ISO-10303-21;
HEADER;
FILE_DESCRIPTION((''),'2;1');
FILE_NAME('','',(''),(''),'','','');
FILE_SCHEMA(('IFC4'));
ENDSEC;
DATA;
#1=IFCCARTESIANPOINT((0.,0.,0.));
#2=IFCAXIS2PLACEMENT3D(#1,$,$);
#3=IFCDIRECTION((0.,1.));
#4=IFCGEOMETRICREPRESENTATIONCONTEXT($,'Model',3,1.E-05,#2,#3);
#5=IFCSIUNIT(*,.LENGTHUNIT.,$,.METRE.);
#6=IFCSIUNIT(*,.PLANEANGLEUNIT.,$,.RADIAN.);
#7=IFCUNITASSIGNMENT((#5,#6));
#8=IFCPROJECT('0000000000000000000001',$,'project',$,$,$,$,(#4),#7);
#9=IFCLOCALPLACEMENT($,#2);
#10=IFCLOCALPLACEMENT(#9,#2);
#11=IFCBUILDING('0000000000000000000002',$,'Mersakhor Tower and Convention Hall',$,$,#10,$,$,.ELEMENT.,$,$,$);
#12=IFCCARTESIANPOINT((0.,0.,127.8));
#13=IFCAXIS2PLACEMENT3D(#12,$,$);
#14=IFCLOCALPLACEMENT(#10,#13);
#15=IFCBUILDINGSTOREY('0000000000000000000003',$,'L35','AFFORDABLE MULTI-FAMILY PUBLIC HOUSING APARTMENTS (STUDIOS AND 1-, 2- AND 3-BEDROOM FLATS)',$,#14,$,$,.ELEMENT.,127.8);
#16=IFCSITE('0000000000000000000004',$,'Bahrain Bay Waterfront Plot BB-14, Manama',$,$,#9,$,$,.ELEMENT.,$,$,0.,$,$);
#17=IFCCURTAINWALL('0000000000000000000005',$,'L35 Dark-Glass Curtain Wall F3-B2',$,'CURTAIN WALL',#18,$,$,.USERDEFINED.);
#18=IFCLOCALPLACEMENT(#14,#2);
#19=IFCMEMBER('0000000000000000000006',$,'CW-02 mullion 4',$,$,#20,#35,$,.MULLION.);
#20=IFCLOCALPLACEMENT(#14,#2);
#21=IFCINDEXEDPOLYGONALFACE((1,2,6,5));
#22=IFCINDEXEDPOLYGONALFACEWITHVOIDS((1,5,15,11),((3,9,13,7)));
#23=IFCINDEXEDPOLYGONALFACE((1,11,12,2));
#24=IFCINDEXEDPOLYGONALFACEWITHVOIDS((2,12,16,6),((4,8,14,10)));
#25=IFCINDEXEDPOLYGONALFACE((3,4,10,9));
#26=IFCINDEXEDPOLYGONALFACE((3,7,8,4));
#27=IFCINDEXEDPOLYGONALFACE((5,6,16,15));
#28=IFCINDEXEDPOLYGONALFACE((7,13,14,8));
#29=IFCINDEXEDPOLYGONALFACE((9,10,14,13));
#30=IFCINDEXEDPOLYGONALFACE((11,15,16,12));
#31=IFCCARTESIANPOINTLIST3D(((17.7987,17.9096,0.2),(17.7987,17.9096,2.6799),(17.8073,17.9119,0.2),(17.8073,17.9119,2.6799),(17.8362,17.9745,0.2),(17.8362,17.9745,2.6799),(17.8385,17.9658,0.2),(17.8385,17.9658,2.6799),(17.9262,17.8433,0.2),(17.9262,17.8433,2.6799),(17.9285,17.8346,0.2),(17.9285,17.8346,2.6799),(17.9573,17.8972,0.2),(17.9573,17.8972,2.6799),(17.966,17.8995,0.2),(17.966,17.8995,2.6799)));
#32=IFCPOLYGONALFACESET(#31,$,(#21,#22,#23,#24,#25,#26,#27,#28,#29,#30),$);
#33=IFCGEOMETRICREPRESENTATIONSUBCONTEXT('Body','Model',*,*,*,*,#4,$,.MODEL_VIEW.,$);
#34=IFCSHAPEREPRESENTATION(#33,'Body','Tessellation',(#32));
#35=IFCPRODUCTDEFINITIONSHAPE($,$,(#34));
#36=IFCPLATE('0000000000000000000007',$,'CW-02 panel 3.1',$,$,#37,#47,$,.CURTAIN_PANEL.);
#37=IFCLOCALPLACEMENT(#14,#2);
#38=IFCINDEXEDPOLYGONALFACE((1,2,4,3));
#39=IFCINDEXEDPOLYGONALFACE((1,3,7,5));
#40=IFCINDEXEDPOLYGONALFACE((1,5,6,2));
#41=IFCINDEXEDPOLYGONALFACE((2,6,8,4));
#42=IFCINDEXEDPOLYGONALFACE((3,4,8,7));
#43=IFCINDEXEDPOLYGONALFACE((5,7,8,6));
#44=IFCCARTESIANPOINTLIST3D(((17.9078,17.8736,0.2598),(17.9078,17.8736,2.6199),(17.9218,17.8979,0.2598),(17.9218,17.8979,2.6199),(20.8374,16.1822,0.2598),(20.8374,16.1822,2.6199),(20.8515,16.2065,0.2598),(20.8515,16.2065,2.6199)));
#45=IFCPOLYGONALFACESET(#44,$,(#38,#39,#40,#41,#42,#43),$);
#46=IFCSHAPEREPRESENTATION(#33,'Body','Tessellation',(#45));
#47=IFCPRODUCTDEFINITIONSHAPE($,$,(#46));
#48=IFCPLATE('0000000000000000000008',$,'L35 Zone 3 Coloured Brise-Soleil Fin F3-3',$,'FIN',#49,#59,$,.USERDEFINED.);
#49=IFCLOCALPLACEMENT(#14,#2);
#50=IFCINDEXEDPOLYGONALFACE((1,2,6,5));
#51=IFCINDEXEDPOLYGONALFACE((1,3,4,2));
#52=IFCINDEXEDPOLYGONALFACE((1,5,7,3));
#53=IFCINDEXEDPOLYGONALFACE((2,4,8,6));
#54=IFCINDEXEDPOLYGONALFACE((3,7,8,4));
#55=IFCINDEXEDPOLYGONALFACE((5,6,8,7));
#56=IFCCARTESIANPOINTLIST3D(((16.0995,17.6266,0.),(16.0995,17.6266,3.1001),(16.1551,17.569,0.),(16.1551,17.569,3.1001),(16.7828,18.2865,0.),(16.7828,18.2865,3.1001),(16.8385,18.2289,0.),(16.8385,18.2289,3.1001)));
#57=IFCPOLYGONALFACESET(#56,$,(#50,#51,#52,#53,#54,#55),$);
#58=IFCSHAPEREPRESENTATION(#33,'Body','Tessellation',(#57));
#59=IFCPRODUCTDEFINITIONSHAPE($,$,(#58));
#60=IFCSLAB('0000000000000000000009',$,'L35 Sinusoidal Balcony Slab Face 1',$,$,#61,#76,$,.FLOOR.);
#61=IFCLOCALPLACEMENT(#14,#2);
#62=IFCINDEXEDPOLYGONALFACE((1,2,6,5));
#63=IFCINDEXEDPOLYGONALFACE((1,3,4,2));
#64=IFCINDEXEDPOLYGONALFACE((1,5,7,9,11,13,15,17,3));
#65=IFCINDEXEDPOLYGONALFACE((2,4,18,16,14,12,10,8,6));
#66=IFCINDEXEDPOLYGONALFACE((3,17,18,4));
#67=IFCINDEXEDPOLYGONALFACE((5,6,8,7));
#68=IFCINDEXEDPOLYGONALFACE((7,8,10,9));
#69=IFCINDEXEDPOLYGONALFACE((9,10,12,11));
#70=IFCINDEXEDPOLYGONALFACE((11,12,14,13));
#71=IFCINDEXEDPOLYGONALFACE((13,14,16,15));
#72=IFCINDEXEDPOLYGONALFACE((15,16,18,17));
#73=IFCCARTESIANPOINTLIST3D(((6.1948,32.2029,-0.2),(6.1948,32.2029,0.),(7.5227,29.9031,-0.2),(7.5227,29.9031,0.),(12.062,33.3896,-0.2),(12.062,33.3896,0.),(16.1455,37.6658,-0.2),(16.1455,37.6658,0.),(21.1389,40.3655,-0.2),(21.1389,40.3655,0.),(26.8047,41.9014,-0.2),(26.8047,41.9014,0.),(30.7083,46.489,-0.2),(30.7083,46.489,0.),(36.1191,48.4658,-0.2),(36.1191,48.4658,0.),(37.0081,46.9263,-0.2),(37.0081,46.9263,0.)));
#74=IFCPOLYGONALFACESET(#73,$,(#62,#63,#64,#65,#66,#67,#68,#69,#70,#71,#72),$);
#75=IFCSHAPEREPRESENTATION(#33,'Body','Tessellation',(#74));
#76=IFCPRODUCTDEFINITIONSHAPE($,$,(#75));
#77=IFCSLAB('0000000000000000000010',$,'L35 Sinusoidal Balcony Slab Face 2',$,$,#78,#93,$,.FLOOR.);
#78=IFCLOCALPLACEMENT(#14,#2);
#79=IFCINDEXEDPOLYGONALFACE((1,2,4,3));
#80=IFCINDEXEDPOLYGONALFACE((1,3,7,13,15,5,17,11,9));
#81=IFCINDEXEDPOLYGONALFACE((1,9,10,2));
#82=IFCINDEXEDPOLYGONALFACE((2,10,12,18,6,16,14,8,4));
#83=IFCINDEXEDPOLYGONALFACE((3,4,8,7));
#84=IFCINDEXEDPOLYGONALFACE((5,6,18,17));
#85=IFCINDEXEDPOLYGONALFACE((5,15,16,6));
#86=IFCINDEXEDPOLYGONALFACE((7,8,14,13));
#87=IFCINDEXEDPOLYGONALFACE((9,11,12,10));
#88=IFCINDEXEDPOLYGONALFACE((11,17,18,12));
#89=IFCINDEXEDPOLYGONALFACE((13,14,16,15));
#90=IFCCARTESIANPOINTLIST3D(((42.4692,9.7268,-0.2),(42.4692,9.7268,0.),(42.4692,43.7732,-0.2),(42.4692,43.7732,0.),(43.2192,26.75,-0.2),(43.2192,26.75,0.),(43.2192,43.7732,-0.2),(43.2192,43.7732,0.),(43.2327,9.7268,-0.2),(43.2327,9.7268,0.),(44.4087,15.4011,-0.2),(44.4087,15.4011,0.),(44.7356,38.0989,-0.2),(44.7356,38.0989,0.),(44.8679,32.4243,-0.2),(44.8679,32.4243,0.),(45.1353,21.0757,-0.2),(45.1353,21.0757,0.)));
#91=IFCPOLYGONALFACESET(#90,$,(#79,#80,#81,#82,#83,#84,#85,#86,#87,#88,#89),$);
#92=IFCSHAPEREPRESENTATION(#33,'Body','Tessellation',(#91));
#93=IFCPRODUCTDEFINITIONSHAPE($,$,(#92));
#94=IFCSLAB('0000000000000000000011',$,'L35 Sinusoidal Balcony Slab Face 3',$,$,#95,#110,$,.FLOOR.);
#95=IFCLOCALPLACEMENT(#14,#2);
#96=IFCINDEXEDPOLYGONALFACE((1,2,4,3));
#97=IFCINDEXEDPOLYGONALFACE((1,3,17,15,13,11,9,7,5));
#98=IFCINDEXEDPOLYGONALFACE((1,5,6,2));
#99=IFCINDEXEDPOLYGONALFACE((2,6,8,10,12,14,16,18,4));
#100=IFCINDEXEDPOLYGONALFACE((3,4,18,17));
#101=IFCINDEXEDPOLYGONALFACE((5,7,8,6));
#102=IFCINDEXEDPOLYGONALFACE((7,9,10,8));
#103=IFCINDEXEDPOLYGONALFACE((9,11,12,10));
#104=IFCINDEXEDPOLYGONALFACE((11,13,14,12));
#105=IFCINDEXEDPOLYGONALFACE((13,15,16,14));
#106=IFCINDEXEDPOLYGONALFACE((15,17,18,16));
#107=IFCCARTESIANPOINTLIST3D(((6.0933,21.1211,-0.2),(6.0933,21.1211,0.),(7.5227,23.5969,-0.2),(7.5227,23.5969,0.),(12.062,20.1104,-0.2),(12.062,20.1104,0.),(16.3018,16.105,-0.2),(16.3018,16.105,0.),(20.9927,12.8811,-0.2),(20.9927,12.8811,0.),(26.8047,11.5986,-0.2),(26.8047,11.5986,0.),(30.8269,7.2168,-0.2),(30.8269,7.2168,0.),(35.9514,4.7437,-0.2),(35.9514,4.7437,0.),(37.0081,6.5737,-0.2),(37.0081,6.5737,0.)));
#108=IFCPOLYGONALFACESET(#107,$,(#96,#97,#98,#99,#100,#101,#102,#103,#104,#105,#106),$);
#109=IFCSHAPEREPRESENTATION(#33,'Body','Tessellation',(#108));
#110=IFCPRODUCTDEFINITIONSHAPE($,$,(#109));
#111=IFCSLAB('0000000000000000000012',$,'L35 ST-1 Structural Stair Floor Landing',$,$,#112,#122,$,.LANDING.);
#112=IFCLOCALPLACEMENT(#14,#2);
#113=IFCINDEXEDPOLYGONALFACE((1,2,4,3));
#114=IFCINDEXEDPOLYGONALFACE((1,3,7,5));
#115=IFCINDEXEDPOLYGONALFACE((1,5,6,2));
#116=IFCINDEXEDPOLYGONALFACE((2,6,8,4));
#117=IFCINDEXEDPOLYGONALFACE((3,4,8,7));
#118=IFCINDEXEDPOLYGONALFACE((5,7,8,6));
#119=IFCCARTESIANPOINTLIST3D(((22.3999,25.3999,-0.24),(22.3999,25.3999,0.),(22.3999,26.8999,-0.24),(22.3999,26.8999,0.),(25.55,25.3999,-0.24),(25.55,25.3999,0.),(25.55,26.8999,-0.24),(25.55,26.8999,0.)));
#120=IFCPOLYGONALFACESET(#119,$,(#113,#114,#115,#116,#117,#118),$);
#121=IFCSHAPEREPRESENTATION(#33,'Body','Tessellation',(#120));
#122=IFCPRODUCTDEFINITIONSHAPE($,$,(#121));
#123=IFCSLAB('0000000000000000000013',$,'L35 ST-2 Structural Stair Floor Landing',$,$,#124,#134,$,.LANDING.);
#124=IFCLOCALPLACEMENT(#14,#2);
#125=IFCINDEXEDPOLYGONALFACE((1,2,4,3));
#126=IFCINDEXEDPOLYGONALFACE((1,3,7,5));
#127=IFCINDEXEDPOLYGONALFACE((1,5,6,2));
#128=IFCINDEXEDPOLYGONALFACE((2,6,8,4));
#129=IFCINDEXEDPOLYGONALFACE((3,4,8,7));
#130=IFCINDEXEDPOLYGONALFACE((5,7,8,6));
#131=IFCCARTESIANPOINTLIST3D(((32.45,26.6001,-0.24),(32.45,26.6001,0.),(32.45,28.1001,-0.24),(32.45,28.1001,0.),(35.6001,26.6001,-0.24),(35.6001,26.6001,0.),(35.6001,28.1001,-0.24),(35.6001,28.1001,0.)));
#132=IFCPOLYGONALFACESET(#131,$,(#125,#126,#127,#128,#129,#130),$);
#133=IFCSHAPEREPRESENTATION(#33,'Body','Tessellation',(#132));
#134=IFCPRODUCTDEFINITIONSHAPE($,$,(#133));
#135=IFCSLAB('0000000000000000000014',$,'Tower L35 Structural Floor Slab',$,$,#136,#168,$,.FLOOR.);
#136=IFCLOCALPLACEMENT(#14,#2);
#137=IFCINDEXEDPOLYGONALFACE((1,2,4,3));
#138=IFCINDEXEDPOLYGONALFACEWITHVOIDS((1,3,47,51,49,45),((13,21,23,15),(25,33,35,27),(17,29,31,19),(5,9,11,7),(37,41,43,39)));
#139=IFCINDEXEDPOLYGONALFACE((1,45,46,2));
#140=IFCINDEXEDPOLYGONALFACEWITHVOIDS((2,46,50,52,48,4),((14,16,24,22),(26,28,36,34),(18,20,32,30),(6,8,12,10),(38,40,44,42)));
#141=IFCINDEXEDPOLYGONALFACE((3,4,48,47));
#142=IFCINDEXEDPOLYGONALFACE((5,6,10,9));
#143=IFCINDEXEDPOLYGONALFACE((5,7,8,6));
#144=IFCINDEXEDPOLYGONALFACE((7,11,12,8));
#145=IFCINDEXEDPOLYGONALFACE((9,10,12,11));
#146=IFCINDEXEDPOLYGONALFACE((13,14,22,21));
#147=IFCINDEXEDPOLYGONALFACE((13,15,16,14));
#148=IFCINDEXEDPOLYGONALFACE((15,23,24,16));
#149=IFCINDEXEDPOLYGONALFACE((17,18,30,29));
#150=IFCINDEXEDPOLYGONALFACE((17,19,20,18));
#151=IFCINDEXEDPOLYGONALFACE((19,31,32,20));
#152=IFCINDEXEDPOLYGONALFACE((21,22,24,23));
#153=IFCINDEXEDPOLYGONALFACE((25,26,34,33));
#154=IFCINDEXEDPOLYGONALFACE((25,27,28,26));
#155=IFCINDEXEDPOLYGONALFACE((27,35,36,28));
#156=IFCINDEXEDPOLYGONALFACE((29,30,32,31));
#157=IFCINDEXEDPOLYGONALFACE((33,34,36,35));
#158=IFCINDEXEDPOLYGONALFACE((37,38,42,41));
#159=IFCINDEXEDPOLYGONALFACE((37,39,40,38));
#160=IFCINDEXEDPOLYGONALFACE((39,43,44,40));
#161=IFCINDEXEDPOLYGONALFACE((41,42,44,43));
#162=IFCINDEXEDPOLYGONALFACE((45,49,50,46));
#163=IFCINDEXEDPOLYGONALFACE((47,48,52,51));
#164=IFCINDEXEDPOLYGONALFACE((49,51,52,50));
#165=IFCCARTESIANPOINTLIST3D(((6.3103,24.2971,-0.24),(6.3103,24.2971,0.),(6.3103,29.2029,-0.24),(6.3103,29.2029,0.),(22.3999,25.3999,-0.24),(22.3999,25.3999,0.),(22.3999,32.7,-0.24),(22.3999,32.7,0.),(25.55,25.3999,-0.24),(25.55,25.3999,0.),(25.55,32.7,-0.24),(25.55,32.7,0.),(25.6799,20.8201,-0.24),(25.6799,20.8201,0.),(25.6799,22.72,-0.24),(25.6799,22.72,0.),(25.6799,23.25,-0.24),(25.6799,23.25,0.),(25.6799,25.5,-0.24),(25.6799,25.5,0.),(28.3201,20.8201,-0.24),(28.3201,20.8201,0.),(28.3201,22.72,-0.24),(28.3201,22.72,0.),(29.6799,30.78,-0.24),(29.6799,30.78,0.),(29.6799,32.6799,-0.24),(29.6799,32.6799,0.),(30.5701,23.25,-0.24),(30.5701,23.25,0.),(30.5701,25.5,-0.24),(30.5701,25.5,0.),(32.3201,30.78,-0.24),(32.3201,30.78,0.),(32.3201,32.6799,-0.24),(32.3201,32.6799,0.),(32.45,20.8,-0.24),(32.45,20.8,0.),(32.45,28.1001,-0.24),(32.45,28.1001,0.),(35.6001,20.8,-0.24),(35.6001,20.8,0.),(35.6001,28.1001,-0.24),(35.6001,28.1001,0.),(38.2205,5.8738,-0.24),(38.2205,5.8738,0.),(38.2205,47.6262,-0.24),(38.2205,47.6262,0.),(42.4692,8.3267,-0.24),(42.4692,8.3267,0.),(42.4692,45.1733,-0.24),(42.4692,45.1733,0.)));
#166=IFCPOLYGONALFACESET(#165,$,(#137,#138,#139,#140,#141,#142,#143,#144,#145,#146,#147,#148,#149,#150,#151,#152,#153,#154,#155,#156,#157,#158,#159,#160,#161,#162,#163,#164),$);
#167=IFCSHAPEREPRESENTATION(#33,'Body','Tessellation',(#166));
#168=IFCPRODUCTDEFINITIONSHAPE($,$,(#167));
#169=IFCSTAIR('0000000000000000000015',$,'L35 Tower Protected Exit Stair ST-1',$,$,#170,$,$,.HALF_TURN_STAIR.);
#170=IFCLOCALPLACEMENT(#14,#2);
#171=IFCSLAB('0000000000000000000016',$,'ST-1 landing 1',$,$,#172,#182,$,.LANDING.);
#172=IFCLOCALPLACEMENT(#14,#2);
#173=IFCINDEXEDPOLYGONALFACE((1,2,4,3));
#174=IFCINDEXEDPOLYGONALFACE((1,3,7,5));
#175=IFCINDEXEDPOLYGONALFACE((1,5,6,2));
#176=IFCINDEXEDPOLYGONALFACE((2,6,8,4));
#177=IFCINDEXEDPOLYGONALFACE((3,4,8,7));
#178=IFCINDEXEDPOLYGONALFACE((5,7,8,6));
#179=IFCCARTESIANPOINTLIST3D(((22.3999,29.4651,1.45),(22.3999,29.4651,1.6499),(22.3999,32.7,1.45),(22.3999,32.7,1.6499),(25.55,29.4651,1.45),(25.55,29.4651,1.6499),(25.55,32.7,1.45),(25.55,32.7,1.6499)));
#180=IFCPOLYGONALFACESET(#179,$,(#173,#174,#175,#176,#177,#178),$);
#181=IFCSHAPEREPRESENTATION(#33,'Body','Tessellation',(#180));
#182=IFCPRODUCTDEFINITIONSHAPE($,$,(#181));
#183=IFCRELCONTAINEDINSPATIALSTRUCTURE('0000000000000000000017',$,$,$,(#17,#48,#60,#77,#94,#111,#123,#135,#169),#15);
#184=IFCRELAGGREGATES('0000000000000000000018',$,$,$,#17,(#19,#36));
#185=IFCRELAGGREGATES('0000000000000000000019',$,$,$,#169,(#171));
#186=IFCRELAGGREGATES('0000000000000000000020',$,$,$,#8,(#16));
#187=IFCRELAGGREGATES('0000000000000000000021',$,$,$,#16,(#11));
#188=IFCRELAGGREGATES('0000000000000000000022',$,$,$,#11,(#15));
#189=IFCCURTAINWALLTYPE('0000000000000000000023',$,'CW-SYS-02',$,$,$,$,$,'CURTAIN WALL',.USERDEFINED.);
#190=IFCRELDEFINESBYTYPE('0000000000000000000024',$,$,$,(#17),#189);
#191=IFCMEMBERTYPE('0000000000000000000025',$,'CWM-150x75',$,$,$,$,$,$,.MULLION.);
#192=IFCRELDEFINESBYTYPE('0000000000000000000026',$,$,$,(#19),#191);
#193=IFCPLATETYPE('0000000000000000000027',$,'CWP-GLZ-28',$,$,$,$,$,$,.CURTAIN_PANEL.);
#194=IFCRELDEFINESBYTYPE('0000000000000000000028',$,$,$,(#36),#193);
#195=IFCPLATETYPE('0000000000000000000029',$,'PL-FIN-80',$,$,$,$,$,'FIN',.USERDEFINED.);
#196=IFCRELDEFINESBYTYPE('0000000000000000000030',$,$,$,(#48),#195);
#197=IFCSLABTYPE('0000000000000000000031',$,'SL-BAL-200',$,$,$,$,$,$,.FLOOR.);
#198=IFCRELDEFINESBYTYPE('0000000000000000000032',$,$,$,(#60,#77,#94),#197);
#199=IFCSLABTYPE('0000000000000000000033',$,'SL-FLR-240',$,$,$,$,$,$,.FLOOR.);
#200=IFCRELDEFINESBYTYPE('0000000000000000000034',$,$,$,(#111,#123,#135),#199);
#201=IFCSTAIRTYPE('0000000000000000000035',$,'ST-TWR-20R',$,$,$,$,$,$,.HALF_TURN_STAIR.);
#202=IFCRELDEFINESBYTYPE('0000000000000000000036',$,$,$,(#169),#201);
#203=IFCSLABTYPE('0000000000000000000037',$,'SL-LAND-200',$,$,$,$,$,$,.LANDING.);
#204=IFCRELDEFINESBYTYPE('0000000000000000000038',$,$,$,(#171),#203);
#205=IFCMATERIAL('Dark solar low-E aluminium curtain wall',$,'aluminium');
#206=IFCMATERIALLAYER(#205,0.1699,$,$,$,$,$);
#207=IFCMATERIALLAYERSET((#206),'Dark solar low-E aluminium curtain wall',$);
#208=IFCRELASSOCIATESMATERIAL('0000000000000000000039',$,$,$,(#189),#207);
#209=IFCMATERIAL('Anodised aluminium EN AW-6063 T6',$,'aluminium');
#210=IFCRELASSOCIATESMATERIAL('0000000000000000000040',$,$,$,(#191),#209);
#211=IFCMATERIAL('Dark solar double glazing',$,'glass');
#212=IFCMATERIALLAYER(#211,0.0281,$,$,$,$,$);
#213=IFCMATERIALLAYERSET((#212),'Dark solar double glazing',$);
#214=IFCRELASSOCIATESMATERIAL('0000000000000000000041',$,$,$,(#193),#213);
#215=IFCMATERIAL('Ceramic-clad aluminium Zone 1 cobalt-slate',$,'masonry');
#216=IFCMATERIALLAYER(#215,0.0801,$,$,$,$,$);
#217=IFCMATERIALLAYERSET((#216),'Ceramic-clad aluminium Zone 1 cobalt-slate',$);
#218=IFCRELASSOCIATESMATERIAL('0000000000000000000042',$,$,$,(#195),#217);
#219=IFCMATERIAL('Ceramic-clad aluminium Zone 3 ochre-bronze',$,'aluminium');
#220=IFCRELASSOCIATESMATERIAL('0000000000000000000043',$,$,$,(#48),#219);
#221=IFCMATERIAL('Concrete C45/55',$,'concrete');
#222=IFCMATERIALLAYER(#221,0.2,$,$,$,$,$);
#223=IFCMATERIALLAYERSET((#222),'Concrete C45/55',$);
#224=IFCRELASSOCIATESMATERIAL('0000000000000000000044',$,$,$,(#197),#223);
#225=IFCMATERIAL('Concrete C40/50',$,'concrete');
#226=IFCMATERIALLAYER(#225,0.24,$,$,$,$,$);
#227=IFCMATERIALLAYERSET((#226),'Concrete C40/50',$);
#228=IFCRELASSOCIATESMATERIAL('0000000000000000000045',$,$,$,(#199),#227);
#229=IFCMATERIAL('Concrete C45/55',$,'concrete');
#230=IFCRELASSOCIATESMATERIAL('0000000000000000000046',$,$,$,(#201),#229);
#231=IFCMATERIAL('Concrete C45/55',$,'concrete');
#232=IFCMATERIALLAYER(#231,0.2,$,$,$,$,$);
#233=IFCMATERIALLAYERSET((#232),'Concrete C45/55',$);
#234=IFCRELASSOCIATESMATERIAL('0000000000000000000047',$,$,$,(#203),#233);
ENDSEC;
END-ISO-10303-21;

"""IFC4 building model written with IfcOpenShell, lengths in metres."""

from ifc_helpers import new_model, si_unit, direction, frame, origin, origin_2d, place, context, subcontext, project, spatial, polyline, rectangle, hollow_rectangle, outline, extrude, material, layer, layer_set, material_profile, profile_set, type_object, element, aggregate, save


model = new_model("IFC4")

# Units and contexts
model_context = context("Model", 3, precision=1e-05, world=origin(), true_north=direction((0.0, 1.0)))
body_context = subcontext(model_context, "Body", "Model", "MODEL_VIEW")
ifc_project = project(units=[si_unit("LENGTHUNIT", "METRE"), si_unit("PLANEANGLEUNIT", "RADIAN")], contexts=[model_context])

# Site, building, storey
site_placement = place(None, origin())
site = spatial("IfcSite", under=ifc_project, at=site_placement, Name="Bahrain Bay Waterfront Plot BB-14, Manama", CompositionType="ELEMENT", RefElevation=0.0)
building_placement = place(site_placement, origin())
building = spatial("IfcBuilding", under=site, at=building_placement, Name="Mersakhor Tower and Convention Hall", CompositionType="ELEMENT")
storey_placement = place(building_placement, frame((0.0, 0.0, 127.8)))
storey = spatial("IfcBuildingStorey", under=building, at=storey_placement, Name="L35", Description="AFFORDABLE MULTI-FAMILY PUBLIC HOUSING APARTMENTS (STUDIOS AND 1-, 2- AND 3-BEDROOM FLATS)", CompositionType="ELEMENT", Elevation=127.8)

# Curtain wall, member, plate
ifc_material_1 = material(Name="Dark solar low-E aluminium curtain wall", Category="aluminium")
ifc_layer_1 = layer(ifc_material_1, 0.1699)
ifc_layer_set_1 = layer_set([ifc_layer_1], Name="Dark solar low-E aluminium curtain wall")
curtain_wall_type = type_object("IfcCurtainWallType", Name="CW-SYS-02", ElementType="CURTAIN WALL", PredefinedType="USERDEFINED", material=ifc_layer_set_1)
curtain_wall_placement = place(storey_placement, origin())
curtain_wall = element("IfcCurtainWall", 1, at=curtain_wall_placement, inside=storey, type_object=curtain_wall_type, Name="L35 Dark-Glass Curtain Wall F3-B2", ObjectType="CURTAIN WALL", PredefinedType="USERDEFINED")
ifc_material_2 = material(Name="Anodised aluminium EN AW-6063 T6", Category="aluminium")
ifc_material_profile = material_profile(ifc_material_2, hollow_rectangle(XDim=0.075, YDim=0.1499, WallThickness=0.0063, at=origin_2d()), Name="RHS 150x75x6.3")
ifc_profile_set = profile_set([ifc_material_profile], Name="Anodised aluminium EN AW-6063 T6")
member_type = type_object("IfcMemberType", Name="CWM-150x75", PredefinedType="MULLION", material=ifc_profile_set)
member_placement = place(storey_placement, frame((17.8823, 17.9045, 0.2), z_axis=(0.0, 0.0, 1.0), x_axis=(-0.49999, -0.866031, 0.0)))
member = element("IfcMember", 2, at=member_placement, type_object=member_type, Name="CW-02 mullion 4", PredefinedType="MULLION", context=body_context, shape_type="SweptSolid", body=[
    extrude(hollow_rectangle(XDim=0.075, YDim=0.1499, WallThickness=0.0063, at=origin_2d()), origin(), (0.0, 0.0, 1.0), 2.48),
])
ifc_material_3 = material(Name="Dark solar double glazing", Category="glass")
ifc_layer_2 = layer(ifc_material_3, 0.0281)
ifc_layer_set_2 = layer_set([ifc_layer_2], Name="Dark solar double glazing")
plate_type_1 = type_object("IfcPlateType", Name="CWP-GLZ-28", PredefinedType="CURTAIN_PANEL", material=ifc_layer_set_2)
plate_1_placement = place(storey_placement, frame((19.3796, 17.04, 0.2598), z_axis=(0.0, 0.0, 1.0), x_axis=(-0.866031, 0.49999, 0.0)))
plate_1 = element("IfcPlate", 3, at=plate_1_placement, type_object=plate_type_1, Name="CW-02 panel 3.1", PredefinedType="CURTAIN_PANEL", context=body_context, shape_type="SweptSolid", body=[
    extrude(rectangle(XDim=3.3828, YDim=0.0281, at=origin_2d()), origin(), (0.0, 0.0, 1.0), 2.3601),
])
aggregate(curtain_wall, [member, plate_1])

# Plate
ifc_material_4 = material(Name="Ceramic-clad aluminium Zone 3 ochre-bronze", Category="aluminium")
ifc_material_5 = material(Name="Ceramic-clad aluminium Zone 1 cobalt-slate", Category="masonry")
ifc_layer_3 = layer(ifc_material_5, 0.0801)
ifc_layer_set_3 = layer_set([ifc_layer_3], Name="Ceramic-clad aluminium Zone 1 cobalt-slate")
plate_type_2 = type_object("IfcPlateType", Name="PL-FIN-80", ElementType="FIN", PredefinedType="USERDEFINED", material=ifc_layer_set_3)
plate_2_placement = place(storey_placement, frame((16.469, 17.9277, 0.0), z_axis=(0.0, 0.0, 1.0), x_axis=(-0.71934, -0.694658, 0.0)))
element("IfcPlate", 4, at=plate_2_placement, inside=storey, type_object=plate_type_2, material=ifc_material_4, Name="L35 Zone 3 Coloured Brise-Soleil Fin F3-3", ObjectType="FIN", PredefinedType="USERDEFINED", context=body_context, shape_type="SweptSolid", body=[
    extrude(rectangle(XDim=0.95, YDim=0.0801, at=origin_2d()), origin(), (0.0, 0.0, 1.0), 3.1001),
])

# Slabs
ifc_material_6 = material(Name="Concrete C45/55", Category="concrete")
ifc_layer_4 = layer(ifc_material_6, 0.2)
ifc_layer_set_4 = layer_set([ifc_layer_4], Name="Concrete C45/55")
slab_type_1 = type_object("IfcSlabType", Name="SL-BAL-200", PredefinedType="FLOOR", material=ifc_layer_set_4)
slab_1_placement = place(storey_placement, frame((0.0, 0.0, -0.2)))
element("IfcSlab", 5, at=slab_1_placement, inside=storey, type_object=slab_type_1, Name="L35 Sinusoidal Balcony Slab Face 1", PredefinedType="FLOOR", context=body_context, shape_type="SweptSolid", body=[
    extrude(outline(polyline([(7.5227, 29.9031), (37.0081, 46.9263), (36.1191, 48.4658), (30.7083, 46.489), (26.8047, 41.9014), (21.1389, 40.3655), (16.1455, 37.6658), (12.062, 33.3896), (6.1948, 32.2029), (7.5227, 29.9031)])), origin(), (0.0, 0.0, 1.0), 0.2),
])
slab_2_placement = place(storey_placement, frame((0.0, 0.0, -0.2)))
element("IfcSlab", 6, at=slab_2_placement, inside=storey, type_object=slab_type_1, Name="L35 Sinusoidal Balcony Slab Face 2", PredefinedType="FLOOR", context=body_context, shape_type="SweptSolid", body=[
    extrude(outline(polyline([(42.4692, 43.7732), (42.4692, 9.7268), (43.2327, 9.7268), (44.4087, 15.4011), (45.1353, 21.0757), (43.2192, 26.75), (44.8679, 32.4243), (44.7356, 38.0989), (43.2192, 43.7732), (42.4692, 43.7732)])), origin(), (0.0, 0.0, 1.0), 0.2),
])
slab_3_placement = place(storey_placement, frame((0.0, 0.0, -0.2)))
element("IfcSlab", 7, at=slab_3_placement, inside=storey, type_object=slab_type_1, Name="L35 Sinusoidal Balcony Slab Face 3", PredefinedType="FLOOR", context=body_context, shape_type="SweptSolid", body=[
    extrude(outline(polyline([(37.0081, 6.5737), (7.5227, 23.5969), (6.0933, 21.1211), (12.062, 20.1104), (16.3018, 16.105), (20.9927, 12.8811), (26.8047, 11.5986), (30.8269, 7.2168), (35.9514, 4.7437), (37.0081, 6.5737)])), origin(), (0.0, 0.0, 1.0), 0.2),
])
ifc_material_7 = material(Name="Concrete C40/50", Category="concrete")
ifc_layer_5 = layer(ifc_material_7, 0.24)
ifc_layer_set_5 = layer_set([ifc_layer_5], Name="Concrete C40/50")
slab_type_2 = type_object("IfcSlabType", Name="SL-FLR-240", PredefinedType="FLOOR", material=ifc_layer_set_5)
slab_4_placement = place(storey_placement, frame((0.0, 0.0, -0.24)))
element("IfcSlab", 8, at=slab_4_placement, inside=storey, type_object=slab_type_2, Name="L35 ST-1 Structural Stair Floor Landing", PredefinedType="LANDING", context=body_context, shape_type="SweptSolid", body=[
    extrude(outline(polyline([(25.55, 25.3999), (25.55, 26.8999), (22.3999, 26.8999), (22.3999, 25.3999), (25.55, 25.3999)])), origin(), (0.0, 0.0, 1.0), 0.24),
])
slab_5_placement = place(storey_placement, frame((0.0, 0.0, -0.24)))
element("IfcSlab", 9, at=slab_5_placement, inside=storey, type_object=slab_type_2, Name="L35 ST-2 Structural Stair Floor Landing", PredefinedType="LANDING", context=body_context, shape_type="SweptSolid", body=[
    extrude(outline(polyline([(32.45, 28.1001), (32.45, 26.6001), (35.6001, 26.6001), (35.6001, 28.1001), (32.45, 28.1001)])), origin(), (0.0, 0.0, 1.0), 0.24),
])
slab_6_placement = place(storey_placement, frame((0.0, 0.0, -0.24)))
element("IfcSlab", 10, at=slab_6_placement, inside=storey, type_object=slab_type_2, Name="Tower L35 Structural Floor Slab", PredefinedType="FLOOR", context=body_context, shape_type="SweptSolid", body=[
    extrude(outline(polyline([(6.3103, 29.2029), (38.2205, 47.6262), (42.4692, 45.1733), (42.4692, 8.3267), (38.2205, 5.8738), (6.3103, 24.2971), (6.3103, 29.2029)]), holes=[polyline([(25.55, 25.3999), (25.55, 32.7), (22.3999, 32.7), (22.3999, 25.3999), (25.55, 25.3999)]), polyline([(32.45, 28.1001), (32.45, 20.8), (35.6001, 20.8), (35.6001, 28.1001), (32.45, 28.1001)]), polyline([(25.6799, 20.8201), (25.6799, 22.72), (28.3201, 22.72), (28.3201, 20.8201), (25.6799, 20.8201)]), polyline([(29.6799, 30.78), (29.6799, 32.6799), (32.3201, 32.6799), (32.3201, 30.78), (29.6799, 30.78)]), polyline([(25.6799, 23.25), (25.6799, 25.5), (30.5701, 25.5), (30.5701, 23.25), (25.6799, 23.25)])]), origin(), (0.0, 0.0, 1.0), 0.24),
])

# Stair, slab
ifc_material_8 = material(Name="Concrete C45/55", Category="concrete")
stair_type = type_object("IfcStairType", Name="ST-TWR-20R", PredefinedType="HALF_TURN_STAIR", material=ifc_material_8)
stair_1_placement = place(storey_placement, origin())
stair_1 = element("IfcStair", 11, at=stair_1_placement, inside=storey, type_object=stair_type, Name="L35 Tower Protected Exit Stair ST-1", PredefinedType="HALF_TURN_STAIR")
ifc_material_9 = material(Name="Concrete C45/55", Category="concrete")
ifc_layer_6 = layer(ifc_material_9, 0.2)
ifc_layer_set_6 = layer_set([ifc_layer_6], Name="Concrete C45/55")
slab_type_3 = type_object("IfcSlabType", Name="SL-LAND-200", PredefinedType="LANDING", material=ifc_layer_set_6)
slab_7_placement = place(storey_placement, frame((0.0, 0.0, 1.45)))
slab_7 = element("IfcSlab", 12, at=slab_7_placement, type_object=slab_type_3, Name="ST-1 landing 1", PredefinedType="LANDING", context=body_context, shape_type="SweptSolid", body=[
    extrude(outline(polyline([(25.55, 29.4651), (25.55, 32.7), (22.3999, 32.7), (22.3999, 29.4651), (25.55, 29.4651)])), origin(), (0.0, 0.0, 1.0), 0.2),
])
aggregate(stair_1, [slab_7])

save(model, "model.ifc")
